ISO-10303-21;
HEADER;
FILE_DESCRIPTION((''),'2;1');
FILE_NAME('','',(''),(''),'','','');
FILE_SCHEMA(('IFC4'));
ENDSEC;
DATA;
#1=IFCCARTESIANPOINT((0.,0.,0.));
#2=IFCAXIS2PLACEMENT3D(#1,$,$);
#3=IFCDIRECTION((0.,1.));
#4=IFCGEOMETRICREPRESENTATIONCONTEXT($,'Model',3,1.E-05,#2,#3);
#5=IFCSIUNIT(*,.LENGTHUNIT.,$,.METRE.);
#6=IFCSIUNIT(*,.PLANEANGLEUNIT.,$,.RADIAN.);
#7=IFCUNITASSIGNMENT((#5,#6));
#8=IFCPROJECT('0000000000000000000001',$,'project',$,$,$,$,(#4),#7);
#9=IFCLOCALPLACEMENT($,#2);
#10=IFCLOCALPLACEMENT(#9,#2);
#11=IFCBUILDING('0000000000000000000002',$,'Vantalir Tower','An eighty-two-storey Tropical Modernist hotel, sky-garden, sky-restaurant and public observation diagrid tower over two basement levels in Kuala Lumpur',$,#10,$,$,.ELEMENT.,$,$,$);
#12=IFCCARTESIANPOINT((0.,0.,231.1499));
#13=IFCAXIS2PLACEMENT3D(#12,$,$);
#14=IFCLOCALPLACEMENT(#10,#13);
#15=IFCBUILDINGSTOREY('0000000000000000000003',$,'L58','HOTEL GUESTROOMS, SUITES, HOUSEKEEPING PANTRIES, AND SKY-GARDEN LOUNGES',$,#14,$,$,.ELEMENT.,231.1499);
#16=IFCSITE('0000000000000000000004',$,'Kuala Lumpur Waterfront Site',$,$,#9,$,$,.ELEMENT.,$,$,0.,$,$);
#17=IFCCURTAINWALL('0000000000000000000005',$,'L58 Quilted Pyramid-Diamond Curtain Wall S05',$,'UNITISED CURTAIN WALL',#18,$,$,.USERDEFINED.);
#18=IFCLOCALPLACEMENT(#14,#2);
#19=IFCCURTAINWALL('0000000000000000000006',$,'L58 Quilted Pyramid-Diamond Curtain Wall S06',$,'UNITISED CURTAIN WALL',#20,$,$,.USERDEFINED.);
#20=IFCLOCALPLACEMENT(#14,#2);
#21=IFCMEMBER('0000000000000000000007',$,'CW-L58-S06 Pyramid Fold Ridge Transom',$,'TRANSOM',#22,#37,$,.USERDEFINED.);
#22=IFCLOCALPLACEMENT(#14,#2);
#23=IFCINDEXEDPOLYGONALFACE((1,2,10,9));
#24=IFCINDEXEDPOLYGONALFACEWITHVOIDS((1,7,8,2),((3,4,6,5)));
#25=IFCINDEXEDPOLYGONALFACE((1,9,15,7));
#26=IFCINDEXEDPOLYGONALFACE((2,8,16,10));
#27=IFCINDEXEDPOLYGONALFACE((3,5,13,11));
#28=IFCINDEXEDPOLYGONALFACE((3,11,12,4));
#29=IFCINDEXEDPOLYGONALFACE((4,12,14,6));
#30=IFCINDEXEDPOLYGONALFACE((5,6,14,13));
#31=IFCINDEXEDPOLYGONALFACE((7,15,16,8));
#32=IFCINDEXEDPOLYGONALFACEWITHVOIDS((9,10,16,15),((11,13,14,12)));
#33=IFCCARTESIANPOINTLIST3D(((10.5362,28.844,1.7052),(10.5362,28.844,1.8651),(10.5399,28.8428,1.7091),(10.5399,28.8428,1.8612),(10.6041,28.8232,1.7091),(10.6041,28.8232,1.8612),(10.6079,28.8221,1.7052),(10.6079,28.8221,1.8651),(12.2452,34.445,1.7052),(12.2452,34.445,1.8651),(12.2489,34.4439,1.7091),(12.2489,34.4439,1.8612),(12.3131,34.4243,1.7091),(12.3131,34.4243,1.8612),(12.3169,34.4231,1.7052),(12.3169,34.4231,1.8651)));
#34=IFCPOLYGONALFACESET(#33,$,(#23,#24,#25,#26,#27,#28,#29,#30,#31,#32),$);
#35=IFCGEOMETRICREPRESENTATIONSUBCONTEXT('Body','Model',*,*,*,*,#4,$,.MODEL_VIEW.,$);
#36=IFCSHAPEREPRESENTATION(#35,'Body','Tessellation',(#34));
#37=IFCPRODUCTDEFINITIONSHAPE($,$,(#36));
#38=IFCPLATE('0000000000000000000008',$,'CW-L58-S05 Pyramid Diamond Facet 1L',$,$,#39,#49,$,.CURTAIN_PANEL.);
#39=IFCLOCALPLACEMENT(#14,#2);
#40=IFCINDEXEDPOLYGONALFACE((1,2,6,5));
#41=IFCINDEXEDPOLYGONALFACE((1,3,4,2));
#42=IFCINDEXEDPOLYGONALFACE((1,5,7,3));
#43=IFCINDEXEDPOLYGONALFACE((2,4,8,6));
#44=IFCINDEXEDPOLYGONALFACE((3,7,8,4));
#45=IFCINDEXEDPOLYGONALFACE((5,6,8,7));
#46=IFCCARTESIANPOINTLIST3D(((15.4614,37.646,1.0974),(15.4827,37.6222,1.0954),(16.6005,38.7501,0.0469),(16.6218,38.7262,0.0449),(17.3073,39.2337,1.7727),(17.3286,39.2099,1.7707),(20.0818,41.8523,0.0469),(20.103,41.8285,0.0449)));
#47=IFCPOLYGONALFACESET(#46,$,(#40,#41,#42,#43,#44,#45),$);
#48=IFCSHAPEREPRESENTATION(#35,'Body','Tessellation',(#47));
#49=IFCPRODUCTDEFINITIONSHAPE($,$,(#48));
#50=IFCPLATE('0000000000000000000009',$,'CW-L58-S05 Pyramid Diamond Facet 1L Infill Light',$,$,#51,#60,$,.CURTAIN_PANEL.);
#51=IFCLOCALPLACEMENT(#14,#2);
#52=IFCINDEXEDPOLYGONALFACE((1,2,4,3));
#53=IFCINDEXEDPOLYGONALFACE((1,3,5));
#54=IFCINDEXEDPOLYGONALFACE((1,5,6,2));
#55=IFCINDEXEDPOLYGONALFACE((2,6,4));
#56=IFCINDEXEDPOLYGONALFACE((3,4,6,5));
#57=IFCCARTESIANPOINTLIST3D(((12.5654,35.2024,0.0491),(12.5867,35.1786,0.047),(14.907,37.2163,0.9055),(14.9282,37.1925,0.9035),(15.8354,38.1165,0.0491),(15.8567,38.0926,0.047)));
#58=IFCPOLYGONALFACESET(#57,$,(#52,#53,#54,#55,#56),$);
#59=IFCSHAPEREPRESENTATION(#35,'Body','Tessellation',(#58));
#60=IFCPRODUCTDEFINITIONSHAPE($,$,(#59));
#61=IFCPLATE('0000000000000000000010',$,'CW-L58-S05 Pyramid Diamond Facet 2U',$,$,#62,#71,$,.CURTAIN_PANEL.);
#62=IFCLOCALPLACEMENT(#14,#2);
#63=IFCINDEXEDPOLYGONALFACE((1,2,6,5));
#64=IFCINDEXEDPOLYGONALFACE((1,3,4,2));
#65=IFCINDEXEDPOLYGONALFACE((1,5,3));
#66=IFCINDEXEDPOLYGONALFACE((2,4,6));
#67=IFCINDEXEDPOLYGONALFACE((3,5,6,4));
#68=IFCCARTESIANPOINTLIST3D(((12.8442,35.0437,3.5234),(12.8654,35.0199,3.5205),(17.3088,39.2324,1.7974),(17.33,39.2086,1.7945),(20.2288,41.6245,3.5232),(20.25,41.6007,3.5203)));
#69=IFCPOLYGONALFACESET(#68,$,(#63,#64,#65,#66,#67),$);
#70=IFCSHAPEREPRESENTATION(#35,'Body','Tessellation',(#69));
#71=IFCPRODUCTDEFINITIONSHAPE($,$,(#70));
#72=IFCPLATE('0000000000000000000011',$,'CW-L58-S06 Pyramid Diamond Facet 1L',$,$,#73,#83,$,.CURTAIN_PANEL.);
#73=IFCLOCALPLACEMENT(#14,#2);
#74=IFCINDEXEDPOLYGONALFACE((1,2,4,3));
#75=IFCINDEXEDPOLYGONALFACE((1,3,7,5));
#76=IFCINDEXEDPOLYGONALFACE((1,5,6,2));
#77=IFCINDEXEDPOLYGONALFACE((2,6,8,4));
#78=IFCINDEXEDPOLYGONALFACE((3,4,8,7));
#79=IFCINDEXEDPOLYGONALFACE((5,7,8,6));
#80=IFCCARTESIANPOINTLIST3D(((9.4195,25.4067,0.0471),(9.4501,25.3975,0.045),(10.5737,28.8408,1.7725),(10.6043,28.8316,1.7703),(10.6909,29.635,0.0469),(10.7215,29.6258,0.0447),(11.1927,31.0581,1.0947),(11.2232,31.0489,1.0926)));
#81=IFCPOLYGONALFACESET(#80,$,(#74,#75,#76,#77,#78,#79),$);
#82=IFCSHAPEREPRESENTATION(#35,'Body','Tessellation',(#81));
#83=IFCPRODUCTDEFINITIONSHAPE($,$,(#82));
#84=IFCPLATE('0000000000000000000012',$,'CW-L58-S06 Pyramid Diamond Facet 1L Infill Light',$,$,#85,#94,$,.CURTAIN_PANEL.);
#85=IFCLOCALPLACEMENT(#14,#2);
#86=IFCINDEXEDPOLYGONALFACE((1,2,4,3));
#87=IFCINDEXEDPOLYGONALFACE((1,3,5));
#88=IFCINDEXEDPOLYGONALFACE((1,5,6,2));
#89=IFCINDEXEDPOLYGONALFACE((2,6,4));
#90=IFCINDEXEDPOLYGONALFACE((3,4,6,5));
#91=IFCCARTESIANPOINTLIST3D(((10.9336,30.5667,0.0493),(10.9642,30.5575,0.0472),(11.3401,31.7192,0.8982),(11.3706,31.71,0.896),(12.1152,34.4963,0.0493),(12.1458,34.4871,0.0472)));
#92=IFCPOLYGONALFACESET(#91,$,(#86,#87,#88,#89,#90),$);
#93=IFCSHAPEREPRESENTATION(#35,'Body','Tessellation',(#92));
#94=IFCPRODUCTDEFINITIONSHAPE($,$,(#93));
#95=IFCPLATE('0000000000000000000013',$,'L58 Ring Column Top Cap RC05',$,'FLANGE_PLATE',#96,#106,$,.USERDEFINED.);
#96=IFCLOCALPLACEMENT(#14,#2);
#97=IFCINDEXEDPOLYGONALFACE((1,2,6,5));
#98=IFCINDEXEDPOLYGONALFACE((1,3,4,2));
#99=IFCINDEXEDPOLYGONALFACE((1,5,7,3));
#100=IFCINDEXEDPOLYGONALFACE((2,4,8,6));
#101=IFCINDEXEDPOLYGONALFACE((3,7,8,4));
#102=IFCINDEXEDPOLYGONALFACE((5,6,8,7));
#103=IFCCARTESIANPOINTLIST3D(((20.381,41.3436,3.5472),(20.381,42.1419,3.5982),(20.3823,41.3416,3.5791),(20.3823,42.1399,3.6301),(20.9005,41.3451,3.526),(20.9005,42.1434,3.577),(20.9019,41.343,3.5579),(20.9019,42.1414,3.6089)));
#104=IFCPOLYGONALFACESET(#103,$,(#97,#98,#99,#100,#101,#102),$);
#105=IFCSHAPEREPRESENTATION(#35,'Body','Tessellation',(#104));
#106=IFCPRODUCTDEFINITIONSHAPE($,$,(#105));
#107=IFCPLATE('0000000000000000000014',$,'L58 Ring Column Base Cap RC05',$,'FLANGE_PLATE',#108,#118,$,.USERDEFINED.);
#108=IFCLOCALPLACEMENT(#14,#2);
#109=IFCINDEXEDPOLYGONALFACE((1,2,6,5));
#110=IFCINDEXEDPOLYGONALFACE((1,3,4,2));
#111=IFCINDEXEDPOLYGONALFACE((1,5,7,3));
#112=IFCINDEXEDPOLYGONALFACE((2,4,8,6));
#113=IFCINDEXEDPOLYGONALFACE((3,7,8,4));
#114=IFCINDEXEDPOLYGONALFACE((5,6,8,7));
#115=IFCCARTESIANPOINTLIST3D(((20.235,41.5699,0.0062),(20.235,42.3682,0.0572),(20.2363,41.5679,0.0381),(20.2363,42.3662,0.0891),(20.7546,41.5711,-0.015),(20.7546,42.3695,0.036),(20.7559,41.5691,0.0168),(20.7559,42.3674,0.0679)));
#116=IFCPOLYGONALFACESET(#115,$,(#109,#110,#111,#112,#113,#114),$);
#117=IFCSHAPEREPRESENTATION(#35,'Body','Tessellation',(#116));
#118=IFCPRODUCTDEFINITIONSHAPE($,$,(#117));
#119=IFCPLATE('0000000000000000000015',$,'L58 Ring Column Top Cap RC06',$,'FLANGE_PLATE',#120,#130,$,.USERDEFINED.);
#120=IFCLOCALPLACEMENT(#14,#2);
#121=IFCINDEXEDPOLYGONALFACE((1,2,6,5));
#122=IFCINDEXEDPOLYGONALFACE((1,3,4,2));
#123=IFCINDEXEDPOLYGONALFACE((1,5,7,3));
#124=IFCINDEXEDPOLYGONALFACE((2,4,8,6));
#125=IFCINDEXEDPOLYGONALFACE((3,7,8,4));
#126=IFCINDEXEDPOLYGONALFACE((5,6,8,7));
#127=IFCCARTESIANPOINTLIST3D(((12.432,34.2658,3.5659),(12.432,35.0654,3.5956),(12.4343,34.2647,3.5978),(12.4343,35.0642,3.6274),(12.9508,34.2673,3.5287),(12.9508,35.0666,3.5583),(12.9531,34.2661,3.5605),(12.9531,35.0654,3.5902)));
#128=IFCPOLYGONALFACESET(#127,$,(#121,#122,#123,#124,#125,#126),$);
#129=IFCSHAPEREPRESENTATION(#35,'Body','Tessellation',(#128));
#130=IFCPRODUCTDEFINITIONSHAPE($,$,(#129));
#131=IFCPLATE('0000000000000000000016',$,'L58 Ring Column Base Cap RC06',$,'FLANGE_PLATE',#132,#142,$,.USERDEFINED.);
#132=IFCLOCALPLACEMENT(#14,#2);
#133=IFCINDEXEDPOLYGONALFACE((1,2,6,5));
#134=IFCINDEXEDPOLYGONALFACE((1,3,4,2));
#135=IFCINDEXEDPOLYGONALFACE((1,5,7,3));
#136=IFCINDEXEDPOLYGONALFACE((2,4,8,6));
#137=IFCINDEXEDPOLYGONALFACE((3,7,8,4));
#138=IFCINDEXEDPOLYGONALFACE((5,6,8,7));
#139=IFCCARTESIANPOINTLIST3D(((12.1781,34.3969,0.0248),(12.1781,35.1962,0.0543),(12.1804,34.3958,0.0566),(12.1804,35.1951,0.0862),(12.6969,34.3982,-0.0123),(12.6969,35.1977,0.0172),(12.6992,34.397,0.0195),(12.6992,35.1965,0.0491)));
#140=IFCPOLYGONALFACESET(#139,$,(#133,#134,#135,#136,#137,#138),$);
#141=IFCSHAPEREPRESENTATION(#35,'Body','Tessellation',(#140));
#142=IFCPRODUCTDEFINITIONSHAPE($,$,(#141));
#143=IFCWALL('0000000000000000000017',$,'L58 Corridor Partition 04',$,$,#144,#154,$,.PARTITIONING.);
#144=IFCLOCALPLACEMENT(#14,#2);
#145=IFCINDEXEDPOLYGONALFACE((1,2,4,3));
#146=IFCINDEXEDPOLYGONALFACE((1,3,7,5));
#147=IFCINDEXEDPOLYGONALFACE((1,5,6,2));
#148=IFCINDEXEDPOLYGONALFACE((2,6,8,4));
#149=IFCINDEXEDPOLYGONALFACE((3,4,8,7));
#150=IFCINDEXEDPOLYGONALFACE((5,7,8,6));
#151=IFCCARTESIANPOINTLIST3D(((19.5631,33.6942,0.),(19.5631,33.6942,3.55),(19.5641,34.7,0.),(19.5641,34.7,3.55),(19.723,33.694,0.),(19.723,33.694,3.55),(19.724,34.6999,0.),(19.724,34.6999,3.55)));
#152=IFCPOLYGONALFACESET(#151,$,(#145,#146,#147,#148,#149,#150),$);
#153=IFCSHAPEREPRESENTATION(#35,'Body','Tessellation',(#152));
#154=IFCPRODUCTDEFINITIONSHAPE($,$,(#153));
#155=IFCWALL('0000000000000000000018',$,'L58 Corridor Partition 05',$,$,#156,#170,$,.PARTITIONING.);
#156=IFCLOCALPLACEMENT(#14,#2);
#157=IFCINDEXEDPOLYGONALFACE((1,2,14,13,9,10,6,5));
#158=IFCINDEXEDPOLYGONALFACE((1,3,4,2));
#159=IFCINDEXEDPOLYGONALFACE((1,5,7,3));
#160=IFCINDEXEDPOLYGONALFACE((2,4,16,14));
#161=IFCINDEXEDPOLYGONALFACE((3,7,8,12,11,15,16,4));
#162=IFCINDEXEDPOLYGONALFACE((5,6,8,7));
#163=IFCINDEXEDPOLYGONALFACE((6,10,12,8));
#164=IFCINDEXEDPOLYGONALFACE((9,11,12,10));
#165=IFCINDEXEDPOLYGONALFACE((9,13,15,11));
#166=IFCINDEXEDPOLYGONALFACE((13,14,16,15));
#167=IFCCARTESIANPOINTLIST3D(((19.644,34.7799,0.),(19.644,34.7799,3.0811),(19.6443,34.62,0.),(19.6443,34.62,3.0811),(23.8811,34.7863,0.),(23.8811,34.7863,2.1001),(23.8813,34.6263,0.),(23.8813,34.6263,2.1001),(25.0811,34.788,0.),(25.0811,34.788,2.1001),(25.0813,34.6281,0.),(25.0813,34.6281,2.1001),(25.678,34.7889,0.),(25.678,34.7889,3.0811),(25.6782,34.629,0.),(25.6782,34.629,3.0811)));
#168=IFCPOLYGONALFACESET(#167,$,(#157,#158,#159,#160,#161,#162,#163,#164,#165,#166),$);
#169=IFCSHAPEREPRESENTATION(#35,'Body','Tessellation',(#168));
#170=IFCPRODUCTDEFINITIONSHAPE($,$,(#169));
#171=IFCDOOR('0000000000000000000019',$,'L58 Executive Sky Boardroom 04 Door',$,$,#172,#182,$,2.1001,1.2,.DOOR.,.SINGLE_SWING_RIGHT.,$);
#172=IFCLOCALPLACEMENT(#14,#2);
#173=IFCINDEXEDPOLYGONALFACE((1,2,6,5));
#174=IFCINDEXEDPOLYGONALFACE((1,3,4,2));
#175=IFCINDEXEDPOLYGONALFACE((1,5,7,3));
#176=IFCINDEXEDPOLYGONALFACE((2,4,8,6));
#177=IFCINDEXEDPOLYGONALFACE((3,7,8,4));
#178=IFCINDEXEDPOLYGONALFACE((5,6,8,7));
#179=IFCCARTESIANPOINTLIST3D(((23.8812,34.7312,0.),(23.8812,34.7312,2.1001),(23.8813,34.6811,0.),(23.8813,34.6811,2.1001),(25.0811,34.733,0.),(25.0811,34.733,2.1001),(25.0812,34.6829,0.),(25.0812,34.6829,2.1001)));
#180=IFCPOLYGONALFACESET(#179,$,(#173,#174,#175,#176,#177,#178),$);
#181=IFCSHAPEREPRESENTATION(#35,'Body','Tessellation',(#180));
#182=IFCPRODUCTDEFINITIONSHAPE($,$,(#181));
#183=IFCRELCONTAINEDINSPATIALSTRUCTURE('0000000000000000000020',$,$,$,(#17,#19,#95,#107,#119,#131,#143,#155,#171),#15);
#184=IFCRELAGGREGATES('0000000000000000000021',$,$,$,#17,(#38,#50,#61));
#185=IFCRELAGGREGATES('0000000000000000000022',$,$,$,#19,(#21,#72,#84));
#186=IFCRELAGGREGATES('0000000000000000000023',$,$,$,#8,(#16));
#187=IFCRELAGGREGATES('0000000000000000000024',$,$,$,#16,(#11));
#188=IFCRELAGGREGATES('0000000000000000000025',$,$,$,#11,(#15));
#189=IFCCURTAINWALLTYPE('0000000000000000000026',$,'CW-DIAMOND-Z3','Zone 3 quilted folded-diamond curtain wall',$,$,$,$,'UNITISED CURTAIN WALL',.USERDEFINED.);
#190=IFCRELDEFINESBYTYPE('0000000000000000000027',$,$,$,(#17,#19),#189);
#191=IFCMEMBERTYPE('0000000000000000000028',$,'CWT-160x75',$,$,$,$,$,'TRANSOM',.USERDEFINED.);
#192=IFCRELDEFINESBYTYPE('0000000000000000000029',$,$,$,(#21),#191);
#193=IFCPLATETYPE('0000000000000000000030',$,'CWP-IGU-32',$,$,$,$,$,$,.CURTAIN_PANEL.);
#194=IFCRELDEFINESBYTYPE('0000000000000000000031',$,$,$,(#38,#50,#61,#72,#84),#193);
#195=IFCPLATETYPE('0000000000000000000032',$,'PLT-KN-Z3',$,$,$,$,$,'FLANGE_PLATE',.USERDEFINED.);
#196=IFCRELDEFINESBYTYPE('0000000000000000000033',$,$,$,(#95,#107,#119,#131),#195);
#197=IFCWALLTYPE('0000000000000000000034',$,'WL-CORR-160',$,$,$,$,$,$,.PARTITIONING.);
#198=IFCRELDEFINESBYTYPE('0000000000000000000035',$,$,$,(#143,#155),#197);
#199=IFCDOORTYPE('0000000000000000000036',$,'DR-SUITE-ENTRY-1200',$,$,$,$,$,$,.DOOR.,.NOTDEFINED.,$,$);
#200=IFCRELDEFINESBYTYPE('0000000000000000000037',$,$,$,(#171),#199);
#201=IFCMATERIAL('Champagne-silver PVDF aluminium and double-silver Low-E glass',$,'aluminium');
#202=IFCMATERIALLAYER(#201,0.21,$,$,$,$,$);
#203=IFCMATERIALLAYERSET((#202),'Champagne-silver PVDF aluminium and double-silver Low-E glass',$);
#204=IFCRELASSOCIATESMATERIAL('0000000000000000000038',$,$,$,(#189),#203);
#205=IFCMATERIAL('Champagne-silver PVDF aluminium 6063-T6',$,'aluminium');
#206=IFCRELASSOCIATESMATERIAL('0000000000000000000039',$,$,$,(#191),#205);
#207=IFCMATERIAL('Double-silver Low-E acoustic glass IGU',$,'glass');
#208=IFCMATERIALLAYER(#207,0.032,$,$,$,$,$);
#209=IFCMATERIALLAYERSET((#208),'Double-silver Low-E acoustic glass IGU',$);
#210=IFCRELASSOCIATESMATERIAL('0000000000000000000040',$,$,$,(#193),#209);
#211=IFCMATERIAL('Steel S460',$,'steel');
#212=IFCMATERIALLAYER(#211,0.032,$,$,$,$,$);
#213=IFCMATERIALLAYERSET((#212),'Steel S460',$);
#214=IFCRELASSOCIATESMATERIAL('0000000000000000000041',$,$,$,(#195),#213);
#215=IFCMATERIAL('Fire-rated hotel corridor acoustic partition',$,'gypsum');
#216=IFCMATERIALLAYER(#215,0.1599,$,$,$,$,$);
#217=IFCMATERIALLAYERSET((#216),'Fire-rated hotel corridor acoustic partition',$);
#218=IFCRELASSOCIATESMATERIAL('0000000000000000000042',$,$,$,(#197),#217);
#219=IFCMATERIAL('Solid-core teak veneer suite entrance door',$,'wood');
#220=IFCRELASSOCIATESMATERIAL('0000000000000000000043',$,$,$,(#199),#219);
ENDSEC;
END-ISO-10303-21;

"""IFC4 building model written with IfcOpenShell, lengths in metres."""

from ifc_helpers import new_model, si_unit, direction, frame, frame_2d, origin, origin_2d, place, context, subcontext, project, spatial, polyline, rectangle, hollow_rectangle, outline, extrude, material, layer, layer_set, material_profile, profile_set, type_object, element, fill, aggregate, save


model = new_model("IFC4")

# Units and contexts
model_context = context("Model", 3, precision=1e-05, world=origin(), true_north=direction((0.0, 1.0)))
body_context = subcontext(model_context, "Body", "Model", "MODEL_VIEW")
ifc_project = project(units=[si_unit("LENGTHUNIT", "METRE"), si_unit("PLANEANGLEUNIT", "RADIAN")], contexts=[model_context])

# Site, building, storey
site_placement = place(None, origin())
site = spatial("IfcSite", under=ifc_project, at=site_placement, Name="Kuala Lumpur Waterfront Site", CompositionType="ELEMENT", RefElevation=0.0)
building_placement = place(site_placement, origin())
building = spatial("IfcBuilding", under=site, at=building_placement, Name="Vantalir Tower", Description="An eighty-two-storey Tropical Modernist hotel, sky-garden, sky-restaurant and public observation diagrid tower over two basement levels in Kuala Lumpur", CompositionType="ELEMENT")
storey_placement = place(building_placement, frame((0.0, 0.0, 231.1499)))
storey = spatial("IfcBuildingStorey", under=building, at=storey_placement, Name="L58", Description="HOTEL GUESTROOMS, SUITES, HOUSEKEEPING PANTRIES, AND SKY-GARDEN LOUNGES", CompositionType="ELEMENT", Elevation=231.1499)

# Shared definitions
ifc_material_1 = material(Name="Steel S460", Category="steel")

# Curtain wall
ifc_material_2 = material(Name="Champagne-silver PVDF aluminium and double-silver Low-E glass", Category="aluminium")
ifc_layer_1 = layer(ifc_material_2, 0.21)
ifc_layer_set_1 = layer_set([ifc_layer_1], Name="Champagne-silver PVDF aluminium and double-silver Low-E glass")
curtain_wall_type = type_object("IfcCurtainWallType", Name="CW-DIAMOND-Z3", Description="Zone 3 quilted folded-diamond curtain wall", ElementType="UNITISED CURTAIN WALL", PredefinedType="USERDEFINED", material=ifc_layer_set_1)
curtain_wall_1_placement = place(storey_placement, origin())
curtain_wall_1 = element("IfcCurtainWall", 1, at=curtain_wall_1_placement, inside=storey, type_object=curtain_wall_type, Name="L58 Quilted Pyramid-Diamond Curtain Wall S05", ObjectType="UNITISED CURTAIN WALL", PredefinedType="USERDEFINED")
ifc_material_3 = material(Name="Champagne-silver PVDF aluminium 6063-T6", Category="aluminium")

# Curtain wall
curtain_wall_2_placement = place(storey_placement, origin())
curtain_wall_2 = element("IfcCurtainWall", 2, at=curtain_wall_2_placement, inside=storey, type_object=curtain_wall_type, Name="L58 Quilted Pyramid-Diamond Curtain Wall S06", ObjectType="UNITISED CURTAIN WALL", PredefinedType="USERDEFINED")

# Member
ifc_material_profile_1 = material_profile(ifc_material_3, hollow_rectangle(XDim=0.075, YDim=0.1599, WallThickness=0.0039, at=origin_2d()), Name="Champagne-silver PVDF aluminium 6063-T6")
ifc_profile_set_1 = profile_set([ifc_material_profile_1], Name="Champagne-silver PVDF aluminium 6063-T6")
member_type_1 = type_object("IfcMemberType", Name="CWT-160x75", ElementType="TRANSOM", PredefinedType="USERDEFINED", material=ifc_profile_set_1)
member_1_placement = place(storey_placement, frame((12.281, 34.4341, 1.7852), z_axis=(-0.291835, -0.956469, 0.0), x_axis=(0.956469, -0.291835, 0.0)))
member_1 = element("IfcMember", 3, at=member_1_placement, type_object=member_type_1, Name="CW-L58-S06 Pyramid Fold Ridge Transom", ObjectType="TRANSOM", PredefinedType="USERDEFINED", context=body_context, shape_type="SweptSolid", body=[
    extrude(hollow_rectangle(XDim=0.075, YDim=0.1599, WallThickness=0.0039, at=origin_2d()), origin(), (0.0, 0.0, 1.0), 5.856),
])

# Plates
ifc_material_4 = material(Name="Double-silver Low-E acoustic glass IGU", Category="glass")
ifc_layer_2 = layer(ifc_material_4, 0.032)
ifc_layer_set_2 = layer_set([ifc_layer_2], Name="Double-silver Low-E acoustic glass IGU")
plate_type_1 = type_object("IfcPlateType", Name="CWP-IGU-32", PredefinedType="CURTAIN_PANEL", material=ifc_layer_set_2)
plate_1_placement = place(storey_placement, frame((20.0818, 41.8523, 0.0469), z_axis=(-0.663969, 0.745092, 0.063115), x_axis=(-0.74658, -0.665295, 0.000001)))
plate_1 = element("IfcPlate", 4, at=plate_1_placement, type_object=plate_type_1, Name="CW-L58-S05 Pyramid Diamond Facet 1L", PredefinedType="CURTAIN_PANEL", context=body_context, shape_type="SweptSolid", body=[
    extrude(outline(polyline([(0.0, 0.0), (4.6629, 0.0), (6.2479, 1.0526), (3.8135, 1.7293), (0.0, 0.0)])), origin(), (0.0, 0.0, -1.0), 0.032),
])
plate_2_placement = place(storey_placement, frame((15.8354, 38.1165, 0.0491), z_axis=(-0.663971, 0.745076, 0.063288), x_axis=(-0.746572, -0.665304, 0.0)))
plate_2 = element("IfcPlate", 5, at=plate_2_placement, type_object=plate_type_1, Name="CW-L58-S05 Pyramid Diamond Facet 1L Infill Light", PredefinedType="CURTAIN_PANEL", context=body_context, shape_type="SweptSolid", body=[
    extrude(outline(polyline([(0.0, 0.0), (4.38, 0.0), (1.292, 0.8582), (0.0, 0.0)])), origin(), (0.0, 0.0, -1.0), 0.032),
])
plate_3_placement = place(storey_placement, frame((12.8442, 35.0437, 3.5234), z_axis=(-0.662581, 0.743505, 0.09048), x_axis=(0.746566, 0.665312, -0.000025)))
plate_3 = element("IfcPlate", 6, at=plate_3_placement, type_object=plate_type_1, Name="CW-L58-S05 Pyramid Diamond Facet 2U", PredefinedType="CURTAIN_PANEL", context=body_context, shape_type="SweptSolid", body=[
    extrude(outline(polyline([(0.0, 0.0), (9.8913, 0.0), (6.12, 1.733), (0.0, 0.0)])), origin(), (0.0, 0.0, -1.0), 0.032),
])
aggregate(curtain_wall_1, [plate_1, plate_2, plate_3])
plate_4_placement = place(storey_placement, frame((10.6909, 29.635, 0.0469), z_axis=(-0.955468, 0.287307, 0.067344), x_axis=(-0.287958, -0.957643, 0.000054)))
plate_4 = element("IfcPlate", 7, at=plate_4_placement, type_object=plate_type_1, Name="CW-L58-S06 Pyramid Diamond Facet 1L", PredefinedType="CURTAIN_PANEL", context=body_context, shape_type="SweptSolid", body=[
    extrude(outline(polyline([(0.0, 0.0), (4.4153, 0.0), (0.7944, 1.7295), (-1.5072, 1.0503), (0.0, 0.0)])), origin(), (0.0, 0.0, -1.0), 0.032),
])
plate_5_placement = place(storey_placement, frame((12.1152, 34.4963, 0.0493), z_axis=(-0.955463, 0.287304, 0.067439), x_axis=(-0.287959, -0.957643, 0.0)))
plate_5 = element("IfcPlate", 8, at=plate_5_placement, type_object=plate_type_1, Name="CW-L58-S06 Pyramid Diamond Facet 1L Infill Light", PredefinedType="CURTAIN_PANEL", context=body_context, shape_type="SweptSolid", body=[
    extrude(outline(polyline([(0.0, 0.0), (4.1035, 0.0), (2.8827, 0.8508), (0.0, 0.0)])), origin(), (0.0, 0.0, -1.0), 0.032),
])
aggregate(curtain_wall_2, [member_1, plate_4, plate_5])

# Plates
ifc_layer_3 = layer(ifc_material_1, 0.032)
ifc_layer_set_3 = layer_set([ifc_layer_3], Name="Steel S460")
plate_type_2 = type_object("IfcPlateType", Name="PLT-KN-Z3", ElementType="FLANGE_PLATE", PredefinedType="USERDEFINED", material=ifc_layer_set_3)
plate_6_placement = place(storey_placement, frame((20.3823, 42.1399, 3.6301), z_axis=(0.040946, -0.063731, 0.997127), x_axis=(0.0, -0.997964, -0.063784)))
element("IfcPlate", 9, at=plate_6_placement, inside=storey, type_object=plate_type_2, Name="L58 Ring Column Top Cap RC05", ObjectType="FLANGE_PLATE", PredefinedType="USERDEFINED", context=body_context, shape_type="SweptSolid", body=[
    extrude(outline(polyline([(0.0, 0.0), (0.8, 0.0), (0.7999, 0.52), (-0.0001, 0.52), (0.0, 0.0)])), origin(), (0.0, 0.0, -1.0), 0.032),
])
plate_7_placement = place(storey_placement, frame((20.2363, 42.3662, 0.0891), z_axis=(0.040916, -0.063731, 0.997128), x_axis=(0.0, -0.997964, -0.063784)))
element("IfcPlate", 10, at=plate_7_placement, inside=storey, type_object=plate_type_2, Name="L58 Ring Column Base Cap RC05", ObjectType="FLANGE_PLATE", PredefinedType="USERDEFINED", context=body_context, shape_type="SweptSolid", body=[
    extrude(outline(polyline([(0.0, 0.0), (0.8, 0.0), (0.8001, 0.52), (0.0001, 0.52), (0.0, 0.0)])), origin(), (0.0, 0.0, -1.0), 0.032),
])
plate_8_placement = place(storey_placement, frame((12.4343, 35.0642, 3.6274), z_axis=(0.071627, -0.036984, 0.996746), x_axis=(-0.000011, -0.999312, -0.037079)))
element("IfcPlate", 11, at=plate_8_placement, inside=storey, type_object=plate_type_2, Name="L58 Ring Column Top Cap RC06", ObjectType="FLANGE_PLATE", PredefinedType="USERDEFINED", context=body_context, shape_type="SweptSolid", body=[
    extrude(outline(polyline([(0.0, 0.0), (0.8001, 0.0), (0.8, 0.5201), (0.0002, 0.5201), (0.0, 0.0)])), origin(), (0.0, 0.0, -1.0), 0.032),
])
plate_9_placement = place(storey_placement, frame((12.1804, 35.1951, 0.0862), z_axis=(0.071394, -0.036833, 0.996768), x_axis=(0.0, -0.999318, -0.036927)))
element("IfcPlate", 12, at=plate_9_placement, inside=storey, type_object=plate_type_2, Name="L58 Ring Column Base Cap RC06", ObjectType="FLANGE_PLATE", PredefinedType="USERDEFINED", context=body_context, shape_type="SweptSolid", body=[
    extrude(outline(polyline([(0.0, 0.0), (0.7999, 0.0), (0.8, 0.5201), (-0.0001, 0.5201), (0.0, 0.0)])), origin(), (0.0, 0.0, -1.0), 0.032),
])

# Wall
ifc_material_5 = material(Name="Fire-rated hotel corridor acoustic partition", Category="gypsum")
ifc_layer_4 = layer(ifc_material_5, 0.1599)
ifc_layer_set_4 = layer_set([ifc_layer_4], Name="Fire-rated hotel corridor acoustic partition")
wall_type_1 = type_object("IfcWallType", Name="WL-CORR-160", PredefinedType="PARTITIONING", material=ifc_layer_set_4)
wall_1_placement = place(storey_placement, frame((19.6431, 33.6941, 0.0), z_axis=(0.0, 0.0, 1.0), x_axis=(0.000971, 1.0, 0.0)))
element("IfcWall", 13, at=wall_1_placement, inside=storey, type_object=wall_type_1, Name="L58 Corridor Partition 04", PredefinedType="PARTITIONING", context=body_context, shape_type="SweptSolid", body=[
    extrude(rectangle(XDim=1.0059, YDim=0.1599, at=frame_2d((0.5029, 0.0))), origin(), (0.0, 0.0, 1.0), 3.55),
])

# Wall, opening, door
wall_2_placement = place(storey_placement, frame((19.644, 34.7, 0.0), z_axis=(0.0, 0.0, 1.0), x_axis=(0.999999, 0.001497, 0.0)))
wall_2 = element("IfcWall", 14, at=wall_2_placement, inside=storey, type_object=wall_type_1, Name="L58 Corridor Partition 05", PredefinedType="PARTITIONING", context=body_context, shape_type="SweptSolid", body=[
    extrude(rectangle(XDim=6.0339, YDim=0.1599, at=frame_2d((3.0171, 0.0))), origin(), (0.0, 0.0, 1.0), 3.0811),
])
opening_placement = place(wall_2_placement, frame((4.2371, 0.0, 0.0)))
opening = element("IfcOpeningElement", 15, at=opening_placement, cuts=wall_2, PredefinedType="OPENING", context=body_context, shape_type="SweptSolid", body=[
    extrude(rectangle(XDim=1.2, YDim=2.1001, at=frame_2d((0.6001, 1.05))), frame((0.0, 0.0898, 0.0), z_axis=(0.0, -1.0, 0.0), x_axis=(1.0, 0.0, 0.0)), (0.0, 0.0, 1.0), 0.1799),
])
ifc_material_6 = material(Name="Solid-core teak veneer suite entrance door", Category="wood")
door_type = type_object("IfcDoorType", Name="DR-SUITE-ENTRY-1200", OperationType="NOTDEFINED", PredefinedType="DOOR", material=ifc_material_6)
door_placement = place(opening_placement, origin())
door = element("IfcDoor", 16, at=door_placement, inside=storey, type_object=door_type, Name="L58 Executive Sky Boardroom 04 Door", OperationType="SINGLE_SWING_RIGHT", OverallHeight=2.1001, OverallWidth=1.2, PredefinedType="DOOR", context=body_context, shape_type="SweptSolid", body=[
    extrude(rectangle(XDim=1.2, YDim=2.1001, at=frame_2d((0.6001, 1.05))), frame((0.0, 0.0249, 0.0), z_axis=(0.0, -1.0, 0.0), x_axis=(1.0, 0.0, 0.0)), (0.0, 0.0, 1.0), 0.05),
])
fill(opening, door)

save(model, "model.ifc")
